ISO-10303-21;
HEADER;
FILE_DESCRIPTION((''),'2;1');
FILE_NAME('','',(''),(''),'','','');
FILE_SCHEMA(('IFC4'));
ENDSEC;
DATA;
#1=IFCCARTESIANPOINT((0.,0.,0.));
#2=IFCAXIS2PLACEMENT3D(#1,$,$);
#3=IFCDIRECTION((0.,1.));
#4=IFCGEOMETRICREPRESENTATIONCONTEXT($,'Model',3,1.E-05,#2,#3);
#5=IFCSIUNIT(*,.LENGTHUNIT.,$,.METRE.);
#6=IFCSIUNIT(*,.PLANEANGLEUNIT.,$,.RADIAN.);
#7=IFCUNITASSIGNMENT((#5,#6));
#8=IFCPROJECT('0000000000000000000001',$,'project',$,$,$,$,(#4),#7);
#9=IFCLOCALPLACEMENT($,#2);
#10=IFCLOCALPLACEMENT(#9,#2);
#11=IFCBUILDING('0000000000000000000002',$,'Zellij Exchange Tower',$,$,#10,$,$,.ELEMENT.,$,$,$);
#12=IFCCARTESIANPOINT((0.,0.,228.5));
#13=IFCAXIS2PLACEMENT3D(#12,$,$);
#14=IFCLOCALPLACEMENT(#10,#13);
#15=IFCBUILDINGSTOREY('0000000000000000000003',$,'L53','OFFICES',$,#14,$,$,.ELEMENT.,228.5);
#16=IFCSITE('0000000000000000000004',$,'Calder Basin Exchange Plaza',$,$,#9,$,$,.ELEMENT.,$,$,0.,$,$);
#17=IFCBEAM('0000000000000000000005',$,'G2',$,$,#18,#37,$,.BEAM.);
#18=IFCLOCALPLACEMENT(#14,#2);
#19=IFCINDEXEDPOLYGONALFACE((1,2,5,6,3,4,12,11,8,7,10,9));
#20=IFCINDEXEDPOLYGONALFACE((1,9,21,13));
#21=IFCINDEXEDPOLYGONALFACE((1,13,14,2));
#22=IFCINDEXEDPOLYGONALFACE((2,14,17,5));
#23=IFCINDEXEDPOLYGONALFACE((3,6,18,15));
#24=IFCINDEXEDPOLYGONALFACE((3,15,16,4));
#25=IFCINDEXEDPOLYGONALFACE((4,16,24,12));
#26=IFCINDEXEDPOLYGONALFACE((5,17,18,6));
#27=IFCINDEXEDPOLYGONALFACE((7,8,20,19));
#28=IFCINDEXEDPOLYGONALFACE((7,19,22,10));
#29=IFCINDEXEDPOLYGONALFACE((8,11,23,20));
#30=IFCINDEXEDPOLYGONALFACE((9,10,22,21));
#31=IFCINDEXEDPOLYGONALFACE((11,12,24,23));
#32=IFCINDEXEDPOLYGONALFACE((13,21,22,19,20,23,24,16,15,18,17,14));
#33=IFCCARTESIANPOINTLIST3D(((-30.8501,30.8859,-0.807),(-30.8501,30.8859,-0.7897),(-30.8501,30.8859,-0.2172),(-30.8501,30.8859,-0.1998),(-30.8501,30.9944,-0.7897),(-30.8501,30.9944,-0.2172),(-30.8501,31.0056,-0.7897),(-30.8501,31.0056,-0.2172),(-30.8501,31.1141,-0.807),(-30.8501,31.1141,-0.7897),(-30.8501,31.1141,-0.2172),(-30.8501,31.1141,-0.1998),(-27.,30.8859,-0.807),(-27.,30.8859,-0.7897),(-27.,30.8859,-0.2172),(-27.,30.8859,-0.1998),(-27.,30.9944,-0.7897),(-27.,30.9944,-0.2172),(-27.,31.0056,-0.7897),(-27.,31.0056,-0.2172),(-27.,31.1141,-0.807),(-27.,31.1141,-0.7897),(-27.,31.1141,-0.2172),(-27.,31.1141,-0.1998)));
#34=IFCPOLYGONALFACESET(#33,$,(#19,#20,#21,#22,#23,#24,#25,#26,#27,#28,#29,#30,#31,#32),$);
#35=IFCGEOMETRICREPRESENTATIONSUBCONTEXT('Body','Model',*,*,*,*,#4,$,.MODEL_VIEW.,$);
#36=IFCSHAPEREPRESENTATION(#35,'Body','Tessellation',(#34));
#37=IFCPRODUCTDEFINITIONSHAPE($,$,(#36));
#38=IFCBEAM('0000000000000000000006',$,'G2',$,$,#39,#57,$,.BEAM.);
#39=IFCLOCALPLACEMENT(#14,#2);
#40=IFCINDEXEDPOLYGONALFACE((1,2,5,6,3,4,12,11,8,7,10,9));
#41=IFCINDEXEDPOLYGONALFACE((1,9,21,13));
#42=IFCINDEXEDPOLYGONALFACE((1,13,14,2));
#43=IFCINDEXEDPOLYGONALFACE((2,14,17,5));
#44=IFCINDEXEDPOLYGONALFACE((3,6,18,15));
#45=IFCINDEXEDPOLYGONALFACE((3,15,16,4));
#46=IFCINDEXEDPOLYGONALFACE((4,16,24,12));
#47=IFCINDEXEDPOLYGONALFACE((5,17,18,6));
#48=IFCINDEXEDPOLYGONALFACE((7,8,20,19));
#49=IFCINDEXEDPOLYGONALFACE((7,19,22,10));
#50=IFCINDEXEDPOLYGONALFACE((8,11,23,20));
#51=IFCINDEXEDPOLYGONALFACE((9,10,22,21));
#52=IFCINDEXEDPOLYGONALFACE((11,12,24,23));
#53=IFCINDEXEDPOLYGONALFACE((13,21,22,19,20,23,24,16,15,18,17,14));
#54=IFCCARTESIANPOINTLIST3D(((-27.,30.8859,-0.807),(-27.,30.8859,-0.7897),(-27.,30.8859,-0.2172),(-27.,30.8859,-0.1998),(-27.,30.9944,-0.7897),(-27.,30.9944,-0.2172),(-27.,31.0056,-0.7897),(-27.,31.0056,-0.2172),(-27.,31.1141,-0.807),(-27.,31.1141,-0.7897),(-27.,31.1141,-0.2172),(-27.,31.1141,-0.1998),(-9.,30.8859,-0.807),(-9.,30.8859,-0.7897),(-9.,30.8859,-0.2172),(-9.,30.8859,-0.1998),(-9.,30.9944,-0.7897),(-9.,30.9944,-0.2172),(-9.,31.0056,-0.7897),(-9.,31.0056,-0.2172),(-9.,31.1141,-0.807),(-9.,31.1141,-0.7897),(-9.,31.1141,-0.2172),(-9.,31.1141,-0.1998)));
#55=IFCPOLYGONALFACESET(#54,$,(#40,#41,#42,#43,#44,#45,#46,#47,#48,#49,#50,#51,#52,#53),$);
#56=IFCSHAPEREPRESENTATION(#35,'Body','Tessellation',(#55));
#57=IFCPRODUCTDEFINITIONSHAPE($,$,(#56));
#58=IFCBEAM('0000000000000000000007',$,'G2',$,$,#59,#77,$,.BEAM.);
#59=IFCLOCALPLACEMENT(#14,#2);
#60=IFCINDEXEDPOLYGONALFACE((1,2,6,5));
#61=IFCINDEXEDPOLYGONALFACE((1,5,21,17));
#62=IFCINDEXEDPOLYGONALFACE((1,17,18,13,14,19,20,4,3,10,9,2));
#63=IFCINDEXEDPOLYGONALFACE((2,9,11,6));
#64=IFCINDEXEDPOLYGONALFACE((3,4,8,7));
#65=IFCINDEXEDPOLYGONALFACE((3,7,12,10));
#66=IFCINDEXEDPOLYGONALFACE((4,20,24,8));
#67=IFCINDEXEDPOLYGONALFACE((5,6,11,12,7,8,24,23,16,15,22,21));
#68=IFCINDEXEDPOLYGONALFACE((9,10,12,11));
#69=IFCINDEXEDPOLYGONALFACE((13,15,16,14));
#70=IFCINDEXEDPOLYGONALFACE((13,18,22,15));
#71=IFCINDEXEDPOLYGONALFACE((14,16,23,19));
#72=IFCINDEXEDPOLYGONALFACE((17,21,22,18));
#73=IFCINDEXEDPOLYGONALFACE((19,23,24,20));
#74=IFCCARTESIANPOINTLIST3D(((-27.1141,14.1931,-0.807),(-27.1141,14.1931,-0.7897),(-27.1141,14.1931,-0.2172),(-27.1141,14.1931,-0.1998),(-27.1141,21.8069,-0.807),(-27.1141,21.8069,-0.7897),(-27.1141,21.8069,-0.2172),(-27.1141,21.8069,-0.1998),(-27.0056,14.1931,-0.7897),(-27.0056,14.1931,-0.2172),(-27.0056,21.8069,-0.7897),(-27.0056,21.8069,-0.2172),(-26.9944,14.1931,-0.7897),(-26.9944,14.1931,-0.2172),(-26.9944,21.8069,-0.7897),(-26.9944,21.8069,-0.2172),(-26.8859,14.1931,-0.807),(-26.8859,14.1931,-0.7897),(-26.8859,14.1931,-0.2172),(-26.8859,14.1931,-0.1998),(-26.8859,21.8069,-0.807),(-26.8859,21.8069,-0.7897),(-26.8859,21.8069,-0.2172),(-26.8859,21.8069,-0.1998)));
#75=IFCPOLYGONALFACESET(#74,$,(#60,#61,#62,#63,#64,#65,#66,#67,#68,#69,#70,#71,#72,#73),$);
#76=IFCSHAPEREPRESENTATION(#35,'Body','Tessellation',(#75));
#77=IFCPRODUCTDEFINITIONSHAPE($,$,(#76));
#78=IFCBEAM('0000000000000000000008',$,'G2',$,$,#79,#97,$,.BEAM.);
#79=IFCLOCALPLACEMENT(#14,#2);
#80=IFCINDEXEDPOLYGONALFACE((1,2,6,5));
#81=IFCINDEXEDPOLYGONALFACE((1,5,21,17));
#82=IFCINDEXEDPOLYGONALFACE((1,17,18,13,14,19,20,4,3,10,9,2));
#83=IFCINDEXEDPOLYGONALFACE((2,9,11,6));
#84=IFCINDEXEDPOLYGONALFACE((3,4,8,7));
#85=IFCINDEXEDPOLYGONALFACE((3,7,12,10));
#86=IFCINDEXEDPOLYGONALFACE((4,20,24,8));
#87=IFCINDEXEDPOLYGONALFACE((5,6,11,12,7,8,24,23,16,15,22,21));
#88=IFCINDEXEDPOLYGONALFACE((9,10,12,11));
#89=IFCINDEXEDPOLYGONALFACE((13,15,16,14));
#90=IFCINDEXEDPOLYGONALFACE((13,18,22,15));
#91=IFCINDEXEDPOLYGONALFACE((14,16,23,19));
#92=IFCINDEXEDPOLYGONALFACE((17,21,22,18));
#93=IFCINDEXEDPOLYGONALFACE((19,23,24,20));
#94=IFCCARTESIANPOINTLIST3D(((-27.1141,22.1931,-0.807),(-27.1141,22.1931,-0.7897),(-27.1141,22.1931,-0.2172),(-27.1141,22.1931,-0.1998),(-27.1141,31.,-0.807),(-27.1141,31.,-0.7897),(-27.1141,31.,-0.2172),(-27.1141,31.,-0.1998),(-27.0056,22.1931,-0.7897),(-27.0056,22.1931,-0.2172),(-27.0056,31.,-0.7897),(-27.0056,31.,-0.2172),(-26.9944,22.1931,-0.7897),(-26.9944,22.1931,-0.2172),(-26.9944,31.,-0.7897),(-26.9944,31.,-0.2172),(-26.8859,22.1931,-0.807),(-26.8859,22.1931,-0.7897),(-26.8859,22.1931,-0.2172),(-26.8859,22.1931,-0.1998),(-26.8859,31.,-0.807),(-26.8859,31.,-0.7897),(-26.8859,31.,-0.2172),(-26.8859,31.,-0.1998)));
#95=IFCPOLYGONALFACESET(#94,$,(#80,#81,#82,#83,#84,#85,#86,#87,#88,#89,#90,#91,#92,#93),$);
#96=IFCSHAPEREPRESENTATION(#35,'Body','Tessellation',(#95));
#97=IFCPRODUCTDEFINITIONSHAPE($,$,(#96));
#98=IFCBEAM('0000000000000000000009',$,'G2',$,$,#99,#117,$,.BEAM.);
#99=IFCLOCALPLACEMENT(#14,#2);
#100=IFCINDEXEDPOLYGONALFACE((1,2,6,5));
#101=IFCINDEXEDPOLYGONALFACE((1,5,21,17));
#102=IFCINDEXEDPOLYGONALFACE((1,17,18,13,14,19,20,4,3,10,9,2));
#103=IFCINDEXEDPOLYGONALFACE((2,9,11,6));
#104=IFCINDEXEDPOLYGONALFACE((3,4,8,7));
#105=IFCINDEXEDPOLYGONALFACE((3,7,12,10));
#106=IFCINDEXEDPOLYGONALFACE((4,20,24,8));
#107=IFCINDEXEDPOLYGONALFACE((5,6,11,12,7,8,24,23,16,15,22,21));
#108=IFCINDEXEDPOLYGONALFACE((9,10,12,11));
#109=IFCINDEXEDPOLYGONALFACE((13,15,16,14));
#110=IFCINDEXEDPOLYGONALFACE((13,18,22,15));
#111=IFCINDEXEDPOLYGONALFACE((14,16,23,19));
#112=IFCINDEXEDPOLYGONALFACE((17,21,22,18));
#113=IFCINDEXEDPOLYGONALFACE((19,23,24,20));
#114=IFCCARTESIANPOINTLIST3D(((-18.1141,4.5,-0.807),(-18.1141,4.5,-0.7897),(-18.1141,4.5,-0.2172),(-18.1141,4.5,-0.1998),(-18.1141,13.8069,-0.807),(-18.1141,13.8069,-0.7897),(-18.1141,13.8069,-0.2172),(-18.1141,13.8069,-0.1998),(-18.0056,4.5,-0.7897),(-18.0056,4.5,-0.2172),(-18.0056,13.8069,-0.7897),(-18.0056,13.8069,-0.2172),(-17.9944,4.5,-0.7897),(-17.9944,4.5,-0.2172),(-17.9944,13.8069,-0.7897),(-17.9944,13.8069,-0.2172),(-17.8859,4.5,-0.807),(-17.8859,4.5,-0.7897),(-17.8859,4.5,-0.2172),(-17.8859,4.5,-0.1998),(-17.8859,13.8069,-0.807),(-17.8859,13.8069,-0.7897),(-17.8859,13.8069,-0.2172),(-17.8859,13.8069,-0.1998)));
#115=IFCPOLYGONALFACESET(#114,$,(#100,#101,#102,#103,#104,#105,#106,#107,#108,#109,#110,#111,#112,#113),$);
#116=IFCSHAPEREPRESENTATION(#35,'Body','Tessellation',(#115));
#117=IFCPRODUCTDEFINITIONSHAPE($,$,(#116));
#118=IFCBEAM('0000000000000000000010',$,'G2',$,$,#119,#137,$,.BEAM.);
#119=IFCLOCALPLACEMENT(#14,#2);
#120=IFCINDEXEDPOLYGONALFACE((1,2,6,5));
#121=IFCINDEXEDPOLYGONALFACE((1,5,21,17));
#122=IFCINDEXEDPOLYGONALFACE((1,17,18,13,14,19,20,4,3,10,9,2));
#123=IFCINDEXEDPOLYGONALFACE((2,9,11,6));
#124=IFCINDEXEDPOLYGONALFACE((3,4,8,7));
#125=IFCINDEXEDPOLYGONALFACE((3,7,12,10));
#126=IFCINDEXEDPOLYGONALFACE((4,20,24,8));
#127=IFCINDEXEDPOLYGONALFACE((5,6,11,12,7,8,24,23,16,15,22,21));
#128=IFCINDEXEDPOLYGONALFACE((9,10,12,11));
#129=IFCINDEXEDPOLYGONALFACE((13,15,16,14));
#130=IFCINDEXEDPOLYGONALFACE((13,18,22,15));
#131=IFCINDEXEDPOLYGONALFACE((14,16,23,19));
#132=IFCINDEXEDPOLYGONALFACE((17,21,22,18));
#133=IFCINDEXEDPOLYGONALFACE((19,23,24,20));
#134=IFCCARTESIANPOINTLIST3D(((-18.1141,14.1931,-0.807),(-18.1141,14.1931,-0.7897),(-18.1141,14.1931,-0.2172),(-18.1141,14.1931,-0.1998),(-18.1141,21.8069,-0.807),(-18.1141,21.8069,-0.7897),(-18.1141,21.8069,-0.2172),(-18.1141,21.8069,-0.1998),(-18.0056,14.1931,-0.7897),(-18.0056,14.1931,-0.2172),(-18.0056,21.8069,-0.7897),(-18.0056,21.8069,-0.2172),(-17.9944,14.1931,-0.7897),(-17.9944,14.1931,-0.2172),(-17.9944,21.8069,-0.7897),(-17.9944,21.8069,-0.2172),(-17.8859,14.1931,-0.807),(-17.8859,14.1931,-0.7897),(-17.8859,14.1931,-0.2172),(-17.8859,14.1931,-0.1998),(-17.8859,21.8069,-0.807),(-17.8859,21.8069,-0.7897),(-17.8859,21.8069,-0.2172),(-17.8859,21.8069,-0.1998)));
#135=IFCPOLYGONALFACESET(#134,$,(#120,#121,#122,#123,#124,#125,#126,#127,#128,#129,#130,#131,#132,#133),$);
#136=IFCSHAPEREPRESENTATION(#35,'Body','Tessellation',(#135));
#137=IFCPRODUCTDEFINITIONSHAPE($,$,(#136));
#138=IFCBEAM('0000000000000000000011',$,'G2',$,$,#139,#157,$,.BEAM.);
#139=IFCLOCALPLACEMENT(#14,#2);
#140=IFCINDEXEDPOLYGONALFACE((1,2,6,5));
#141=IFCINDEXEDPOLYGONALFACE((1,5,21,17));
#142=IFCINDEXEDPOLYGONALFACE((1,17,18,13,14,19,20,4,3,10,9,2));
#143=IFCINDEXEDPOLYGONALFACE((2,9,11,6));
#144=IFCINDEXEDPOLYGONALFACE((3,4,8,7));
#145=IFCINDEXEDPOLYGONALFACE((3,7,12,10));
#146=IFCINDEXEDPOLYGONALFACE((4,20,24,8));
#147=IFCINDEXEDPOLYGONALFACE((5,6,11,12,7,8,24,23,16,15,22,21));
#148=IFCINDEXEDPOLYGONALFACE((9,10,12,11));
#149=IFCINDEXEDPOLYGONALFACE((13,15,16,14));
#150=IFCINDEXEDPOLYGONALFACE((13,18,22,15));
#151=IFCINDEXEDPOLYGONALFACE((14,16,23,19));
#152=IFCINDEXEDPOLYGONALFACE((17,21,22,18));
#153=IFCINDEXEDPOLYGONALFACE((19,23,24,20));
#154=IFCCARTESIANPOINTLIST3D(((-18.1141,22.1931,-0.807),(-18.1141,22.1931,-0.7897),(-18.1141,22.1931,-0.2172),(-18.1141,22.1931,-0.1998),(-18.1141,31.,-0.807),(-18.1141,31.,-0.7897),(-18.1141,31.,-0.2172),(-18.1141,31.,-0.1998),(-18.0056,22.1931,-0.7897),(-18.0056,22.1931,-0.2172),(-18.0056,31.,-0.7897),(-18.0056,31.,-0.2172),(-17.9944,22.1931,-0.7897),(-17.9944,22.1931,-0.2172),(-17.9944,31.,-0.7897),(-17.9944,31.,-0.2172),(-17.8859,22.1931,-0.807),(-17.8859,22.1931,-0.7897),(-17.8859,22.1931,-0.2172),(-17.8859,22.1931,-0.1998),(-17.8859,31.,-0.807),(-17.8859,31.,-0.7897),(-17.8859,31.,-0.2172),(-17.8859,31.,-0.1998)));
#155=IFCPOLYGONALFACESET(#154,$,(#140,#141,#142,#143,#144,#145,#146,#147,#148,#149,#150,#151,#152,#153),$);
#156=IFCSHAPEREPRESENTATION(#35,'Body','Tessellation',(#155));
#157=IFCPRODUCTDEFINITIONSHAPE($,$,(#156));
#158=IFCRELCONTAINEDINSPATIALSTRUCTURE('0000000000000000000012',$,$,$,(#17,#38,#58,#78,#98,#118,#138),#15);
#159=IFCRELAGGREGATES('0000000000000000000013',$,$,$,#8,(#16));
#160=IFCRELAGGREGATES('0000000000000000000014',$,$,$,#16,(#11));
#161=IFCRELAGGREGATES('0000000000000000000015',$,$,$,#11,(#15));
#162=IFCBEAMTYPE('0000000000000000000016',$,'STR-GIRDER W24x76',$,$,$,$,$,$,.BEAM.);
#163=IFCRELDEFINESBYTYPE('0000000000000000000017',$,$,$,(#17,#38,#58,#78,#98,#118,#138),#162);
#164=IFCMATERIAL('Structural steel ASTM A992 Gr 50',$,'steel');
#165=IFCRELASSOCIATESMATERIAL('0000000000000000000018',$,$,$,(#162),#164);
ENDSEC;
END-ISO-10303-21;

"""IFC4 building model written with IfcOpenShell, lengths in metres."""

from ifc_helpers import new_model, si_unit, direction, frame, origin, origin_2d, place, context, subcontext, project, spatial, i_section, extrude, material, material_profile, profile_set, type_object, element, save


model = new_model("IFC4")

# Units and contexts
model_context = context("Model", 3, precision=1e-05, world=origin(), true_north=direction((0.0, 1.0)))
body_context = subcontext(model_context, "Body", "Model", "MODEL_VIEW")
ifc_project = project(units=[si_unit("LENGTHUNIT", "METRE"), si_unit("PLANEANGLEUNIT", "RADIAN")], contexts=[model_context])

# Site, building, storey
site_placement = place(None, origin())
site = spatial("IfcSite", under=ifc_project, at=site_placement, Name="Calder Basin Exchange Plaza", CompositionType="ELEMENT", RefElevation=0.0)
building_placement = place(site_placement, origin())
building = spatial("IfcBuilding", under=site, at=building_placement, Name="Zellij Exchange Tower", CompositionType="ELEMENT")
storey_placement = place(building_placement, frame((0.0, 0.0, 228.5)))
storey = spatial("IfcBuildingStorey", under=building, at=storey_placement, Name="L53", Description="OFFICES", CompositionType="ELEMENT", Elevation=228.5)

# Shared definitions
ifc_material_1 = material(Name="Structural steel ASTM A992 Gr 50", Category="steel")

# Beams
ifc_material_profile_1 = material_profile(ifc_material_1, i_section(OverallWidth=0.2283, OverallDepth=0.6072, WebThickness=0.0112, FlangeThickness=0.0173, at=origin_2d()), Name="W24x76")
ifc_profile_set_1 = profile_set([ifc_material_profile_1], Name="Structural steel ASTM A992 Gr 50")
beam_type = type_object("IfcBeamType", Name="STR-GIRDER W24x76", PredefinedType="BEAM", material=ifc_profile_set_1)
beam_1_placement = place(storey_placement, frame((-30.8501, 31.0, -0.5034), z_axis=(1.0, 0.0, 0.0), x_axis=(0.0, 1.0, 0.0)))
element("IfcBeam", 1, at=beam_1_placement, inside=storey, type_object=beam_type, Name="G2", PredefinedType="BEAM", context=body_context, shape_type="SweptSolid", body=[
    extrude(i_section(OverallWidth=0.2283, OverallDepth=0.6072, WebThickness=0.0112, FlangeThickness=0.0173, at=origin_2d()), origin(), (0.0, 0.0, 1.0), 3.8501),
])
beam_2_placement = place(storey_placement, frame((-27.0, 31.0, -0.5034), z_axis=(1.0, 0.0, 0.0), x_axis=(0.0, 1.0, 0.0)))
element("IfcBeam", 2, at=beam_2_placement, inside=storey, type_object=beam_type, Name="G2", PredefinedType="BEAM", context=body_context, shape_type="SweptSolid", body=[
    extrude(i_section(OverallWidth=0.2283, OverallDepth=0.6072, WebThickness=0.0112, FlangeThickness=0.0173, at=origin_2d()), origin(), (0.0, 0.0, 1.0), 18.0),
])
beam_3_placement = place(storey_placement, frame((-27.0, 14.1931, -0.5034), z_axis=(0.0, 1.0, 0.0), x_axis=(-1.0, 0.0, 0.0)))
element("IfcBeam", 3, at=beam_3_placement, inside=storey, type_object=beam_type, Name="G2", PredefinedType="BEAM", context=body_context, shape_type="SweptSolid", body=[
    extrude(i_section(OverallWidth=0.2283, OverallDepth=0.6072, WebThickness=0.0112, FlangeThickness=0.0173, at=origin_2d()), origin(), (0.0, 0.0, 1.0), 7.6138),
])
beam_4_placement = place(storey_placement, frame((-27.0, 22.1931, -0.5034), z_axis=(0.0, 1.0, 0.0), x_axis=(-1.0, 0.0, 0.0)))
element("IfcBeam", 4, at=beam_4_placement, inside=storey, type_object=beam_type, Name="G2", PredefinedType="BEAM", context=body_context, shape_type="SweptSolid", body=[
    extrude(i_section(OverallWidth=0.2283, OverallDepth=0.6072, WebThickness=0.0112, FlangeThickness=0.0173, at=origin_2d()), origin(), (0.0, 0.0, 1.0), 8.8069),
])
beam_5_placement = place(storey_placement, frame((-18.0, 4.5, -0.5034), z_axis=(0.0, 1.0, 0.0), x_axis=(-1.0, 0.0, 0.0)))
element("IfcBeam", 5, at=beam_5_placement, inside=storey, type_object=beam_type, Name="G2", PredefinedType="BEAM", context=body_context, shape_type="SweptSolid", body=[
    extrude(i_section(OverallWidth=0.2283, OverallDepth=0.6072, WebThickness=0.0112, FlangeThickness=0.0173, at=origin_2d()), origin(), (0.0, 0.0, 1.0), 9.3069),
])
beam_6_placement = place(storey_placement, frame((-18.0, 14.1931, -0.5034), z_axis=(0.0, 1.0, 0.0), x_axis=(-1.0, 0.0, 0.0)))
element("IfcBeam", 6, at=beam_6_placement, inside=storey, type_object=beam_type, Name="G2", PredefinedType="BEAM", context=body_context, shape_type="SweptSolid", body=[
    extrude(i_section(OverallWidth=0.2283, OverallDepth=0.6072, WebThickness=0.0112, FlangeThickness=0.0173, at=origin_2d()), origin(), (0.0, 0.0, 1.0), 7.6138),
])
beam_7_placement = place(storey_placement, frame((-18.0, 22.1931, -0.5034), z_axis=(0.0, 1.0, 0.0), x_axis=(-1.0, 0.0, 0.0)))
element("IfcBeam", 7, at=beam_7_placement, inside=storey, type_object=beam_type, Name="G2", PredefinedType="BEAM", context=body_context, shape_type="SweptSolid", body=[
    extrude(i_section(OverallWidth=0.2283, OverallDepth=0.6072, WebThickness=0.0112, FlangeThickness=0.0173, at=origin_2d()), origin(), (0.0, 0.0, 1.0), 8.8069),
])

save(model, "model.ifc")
